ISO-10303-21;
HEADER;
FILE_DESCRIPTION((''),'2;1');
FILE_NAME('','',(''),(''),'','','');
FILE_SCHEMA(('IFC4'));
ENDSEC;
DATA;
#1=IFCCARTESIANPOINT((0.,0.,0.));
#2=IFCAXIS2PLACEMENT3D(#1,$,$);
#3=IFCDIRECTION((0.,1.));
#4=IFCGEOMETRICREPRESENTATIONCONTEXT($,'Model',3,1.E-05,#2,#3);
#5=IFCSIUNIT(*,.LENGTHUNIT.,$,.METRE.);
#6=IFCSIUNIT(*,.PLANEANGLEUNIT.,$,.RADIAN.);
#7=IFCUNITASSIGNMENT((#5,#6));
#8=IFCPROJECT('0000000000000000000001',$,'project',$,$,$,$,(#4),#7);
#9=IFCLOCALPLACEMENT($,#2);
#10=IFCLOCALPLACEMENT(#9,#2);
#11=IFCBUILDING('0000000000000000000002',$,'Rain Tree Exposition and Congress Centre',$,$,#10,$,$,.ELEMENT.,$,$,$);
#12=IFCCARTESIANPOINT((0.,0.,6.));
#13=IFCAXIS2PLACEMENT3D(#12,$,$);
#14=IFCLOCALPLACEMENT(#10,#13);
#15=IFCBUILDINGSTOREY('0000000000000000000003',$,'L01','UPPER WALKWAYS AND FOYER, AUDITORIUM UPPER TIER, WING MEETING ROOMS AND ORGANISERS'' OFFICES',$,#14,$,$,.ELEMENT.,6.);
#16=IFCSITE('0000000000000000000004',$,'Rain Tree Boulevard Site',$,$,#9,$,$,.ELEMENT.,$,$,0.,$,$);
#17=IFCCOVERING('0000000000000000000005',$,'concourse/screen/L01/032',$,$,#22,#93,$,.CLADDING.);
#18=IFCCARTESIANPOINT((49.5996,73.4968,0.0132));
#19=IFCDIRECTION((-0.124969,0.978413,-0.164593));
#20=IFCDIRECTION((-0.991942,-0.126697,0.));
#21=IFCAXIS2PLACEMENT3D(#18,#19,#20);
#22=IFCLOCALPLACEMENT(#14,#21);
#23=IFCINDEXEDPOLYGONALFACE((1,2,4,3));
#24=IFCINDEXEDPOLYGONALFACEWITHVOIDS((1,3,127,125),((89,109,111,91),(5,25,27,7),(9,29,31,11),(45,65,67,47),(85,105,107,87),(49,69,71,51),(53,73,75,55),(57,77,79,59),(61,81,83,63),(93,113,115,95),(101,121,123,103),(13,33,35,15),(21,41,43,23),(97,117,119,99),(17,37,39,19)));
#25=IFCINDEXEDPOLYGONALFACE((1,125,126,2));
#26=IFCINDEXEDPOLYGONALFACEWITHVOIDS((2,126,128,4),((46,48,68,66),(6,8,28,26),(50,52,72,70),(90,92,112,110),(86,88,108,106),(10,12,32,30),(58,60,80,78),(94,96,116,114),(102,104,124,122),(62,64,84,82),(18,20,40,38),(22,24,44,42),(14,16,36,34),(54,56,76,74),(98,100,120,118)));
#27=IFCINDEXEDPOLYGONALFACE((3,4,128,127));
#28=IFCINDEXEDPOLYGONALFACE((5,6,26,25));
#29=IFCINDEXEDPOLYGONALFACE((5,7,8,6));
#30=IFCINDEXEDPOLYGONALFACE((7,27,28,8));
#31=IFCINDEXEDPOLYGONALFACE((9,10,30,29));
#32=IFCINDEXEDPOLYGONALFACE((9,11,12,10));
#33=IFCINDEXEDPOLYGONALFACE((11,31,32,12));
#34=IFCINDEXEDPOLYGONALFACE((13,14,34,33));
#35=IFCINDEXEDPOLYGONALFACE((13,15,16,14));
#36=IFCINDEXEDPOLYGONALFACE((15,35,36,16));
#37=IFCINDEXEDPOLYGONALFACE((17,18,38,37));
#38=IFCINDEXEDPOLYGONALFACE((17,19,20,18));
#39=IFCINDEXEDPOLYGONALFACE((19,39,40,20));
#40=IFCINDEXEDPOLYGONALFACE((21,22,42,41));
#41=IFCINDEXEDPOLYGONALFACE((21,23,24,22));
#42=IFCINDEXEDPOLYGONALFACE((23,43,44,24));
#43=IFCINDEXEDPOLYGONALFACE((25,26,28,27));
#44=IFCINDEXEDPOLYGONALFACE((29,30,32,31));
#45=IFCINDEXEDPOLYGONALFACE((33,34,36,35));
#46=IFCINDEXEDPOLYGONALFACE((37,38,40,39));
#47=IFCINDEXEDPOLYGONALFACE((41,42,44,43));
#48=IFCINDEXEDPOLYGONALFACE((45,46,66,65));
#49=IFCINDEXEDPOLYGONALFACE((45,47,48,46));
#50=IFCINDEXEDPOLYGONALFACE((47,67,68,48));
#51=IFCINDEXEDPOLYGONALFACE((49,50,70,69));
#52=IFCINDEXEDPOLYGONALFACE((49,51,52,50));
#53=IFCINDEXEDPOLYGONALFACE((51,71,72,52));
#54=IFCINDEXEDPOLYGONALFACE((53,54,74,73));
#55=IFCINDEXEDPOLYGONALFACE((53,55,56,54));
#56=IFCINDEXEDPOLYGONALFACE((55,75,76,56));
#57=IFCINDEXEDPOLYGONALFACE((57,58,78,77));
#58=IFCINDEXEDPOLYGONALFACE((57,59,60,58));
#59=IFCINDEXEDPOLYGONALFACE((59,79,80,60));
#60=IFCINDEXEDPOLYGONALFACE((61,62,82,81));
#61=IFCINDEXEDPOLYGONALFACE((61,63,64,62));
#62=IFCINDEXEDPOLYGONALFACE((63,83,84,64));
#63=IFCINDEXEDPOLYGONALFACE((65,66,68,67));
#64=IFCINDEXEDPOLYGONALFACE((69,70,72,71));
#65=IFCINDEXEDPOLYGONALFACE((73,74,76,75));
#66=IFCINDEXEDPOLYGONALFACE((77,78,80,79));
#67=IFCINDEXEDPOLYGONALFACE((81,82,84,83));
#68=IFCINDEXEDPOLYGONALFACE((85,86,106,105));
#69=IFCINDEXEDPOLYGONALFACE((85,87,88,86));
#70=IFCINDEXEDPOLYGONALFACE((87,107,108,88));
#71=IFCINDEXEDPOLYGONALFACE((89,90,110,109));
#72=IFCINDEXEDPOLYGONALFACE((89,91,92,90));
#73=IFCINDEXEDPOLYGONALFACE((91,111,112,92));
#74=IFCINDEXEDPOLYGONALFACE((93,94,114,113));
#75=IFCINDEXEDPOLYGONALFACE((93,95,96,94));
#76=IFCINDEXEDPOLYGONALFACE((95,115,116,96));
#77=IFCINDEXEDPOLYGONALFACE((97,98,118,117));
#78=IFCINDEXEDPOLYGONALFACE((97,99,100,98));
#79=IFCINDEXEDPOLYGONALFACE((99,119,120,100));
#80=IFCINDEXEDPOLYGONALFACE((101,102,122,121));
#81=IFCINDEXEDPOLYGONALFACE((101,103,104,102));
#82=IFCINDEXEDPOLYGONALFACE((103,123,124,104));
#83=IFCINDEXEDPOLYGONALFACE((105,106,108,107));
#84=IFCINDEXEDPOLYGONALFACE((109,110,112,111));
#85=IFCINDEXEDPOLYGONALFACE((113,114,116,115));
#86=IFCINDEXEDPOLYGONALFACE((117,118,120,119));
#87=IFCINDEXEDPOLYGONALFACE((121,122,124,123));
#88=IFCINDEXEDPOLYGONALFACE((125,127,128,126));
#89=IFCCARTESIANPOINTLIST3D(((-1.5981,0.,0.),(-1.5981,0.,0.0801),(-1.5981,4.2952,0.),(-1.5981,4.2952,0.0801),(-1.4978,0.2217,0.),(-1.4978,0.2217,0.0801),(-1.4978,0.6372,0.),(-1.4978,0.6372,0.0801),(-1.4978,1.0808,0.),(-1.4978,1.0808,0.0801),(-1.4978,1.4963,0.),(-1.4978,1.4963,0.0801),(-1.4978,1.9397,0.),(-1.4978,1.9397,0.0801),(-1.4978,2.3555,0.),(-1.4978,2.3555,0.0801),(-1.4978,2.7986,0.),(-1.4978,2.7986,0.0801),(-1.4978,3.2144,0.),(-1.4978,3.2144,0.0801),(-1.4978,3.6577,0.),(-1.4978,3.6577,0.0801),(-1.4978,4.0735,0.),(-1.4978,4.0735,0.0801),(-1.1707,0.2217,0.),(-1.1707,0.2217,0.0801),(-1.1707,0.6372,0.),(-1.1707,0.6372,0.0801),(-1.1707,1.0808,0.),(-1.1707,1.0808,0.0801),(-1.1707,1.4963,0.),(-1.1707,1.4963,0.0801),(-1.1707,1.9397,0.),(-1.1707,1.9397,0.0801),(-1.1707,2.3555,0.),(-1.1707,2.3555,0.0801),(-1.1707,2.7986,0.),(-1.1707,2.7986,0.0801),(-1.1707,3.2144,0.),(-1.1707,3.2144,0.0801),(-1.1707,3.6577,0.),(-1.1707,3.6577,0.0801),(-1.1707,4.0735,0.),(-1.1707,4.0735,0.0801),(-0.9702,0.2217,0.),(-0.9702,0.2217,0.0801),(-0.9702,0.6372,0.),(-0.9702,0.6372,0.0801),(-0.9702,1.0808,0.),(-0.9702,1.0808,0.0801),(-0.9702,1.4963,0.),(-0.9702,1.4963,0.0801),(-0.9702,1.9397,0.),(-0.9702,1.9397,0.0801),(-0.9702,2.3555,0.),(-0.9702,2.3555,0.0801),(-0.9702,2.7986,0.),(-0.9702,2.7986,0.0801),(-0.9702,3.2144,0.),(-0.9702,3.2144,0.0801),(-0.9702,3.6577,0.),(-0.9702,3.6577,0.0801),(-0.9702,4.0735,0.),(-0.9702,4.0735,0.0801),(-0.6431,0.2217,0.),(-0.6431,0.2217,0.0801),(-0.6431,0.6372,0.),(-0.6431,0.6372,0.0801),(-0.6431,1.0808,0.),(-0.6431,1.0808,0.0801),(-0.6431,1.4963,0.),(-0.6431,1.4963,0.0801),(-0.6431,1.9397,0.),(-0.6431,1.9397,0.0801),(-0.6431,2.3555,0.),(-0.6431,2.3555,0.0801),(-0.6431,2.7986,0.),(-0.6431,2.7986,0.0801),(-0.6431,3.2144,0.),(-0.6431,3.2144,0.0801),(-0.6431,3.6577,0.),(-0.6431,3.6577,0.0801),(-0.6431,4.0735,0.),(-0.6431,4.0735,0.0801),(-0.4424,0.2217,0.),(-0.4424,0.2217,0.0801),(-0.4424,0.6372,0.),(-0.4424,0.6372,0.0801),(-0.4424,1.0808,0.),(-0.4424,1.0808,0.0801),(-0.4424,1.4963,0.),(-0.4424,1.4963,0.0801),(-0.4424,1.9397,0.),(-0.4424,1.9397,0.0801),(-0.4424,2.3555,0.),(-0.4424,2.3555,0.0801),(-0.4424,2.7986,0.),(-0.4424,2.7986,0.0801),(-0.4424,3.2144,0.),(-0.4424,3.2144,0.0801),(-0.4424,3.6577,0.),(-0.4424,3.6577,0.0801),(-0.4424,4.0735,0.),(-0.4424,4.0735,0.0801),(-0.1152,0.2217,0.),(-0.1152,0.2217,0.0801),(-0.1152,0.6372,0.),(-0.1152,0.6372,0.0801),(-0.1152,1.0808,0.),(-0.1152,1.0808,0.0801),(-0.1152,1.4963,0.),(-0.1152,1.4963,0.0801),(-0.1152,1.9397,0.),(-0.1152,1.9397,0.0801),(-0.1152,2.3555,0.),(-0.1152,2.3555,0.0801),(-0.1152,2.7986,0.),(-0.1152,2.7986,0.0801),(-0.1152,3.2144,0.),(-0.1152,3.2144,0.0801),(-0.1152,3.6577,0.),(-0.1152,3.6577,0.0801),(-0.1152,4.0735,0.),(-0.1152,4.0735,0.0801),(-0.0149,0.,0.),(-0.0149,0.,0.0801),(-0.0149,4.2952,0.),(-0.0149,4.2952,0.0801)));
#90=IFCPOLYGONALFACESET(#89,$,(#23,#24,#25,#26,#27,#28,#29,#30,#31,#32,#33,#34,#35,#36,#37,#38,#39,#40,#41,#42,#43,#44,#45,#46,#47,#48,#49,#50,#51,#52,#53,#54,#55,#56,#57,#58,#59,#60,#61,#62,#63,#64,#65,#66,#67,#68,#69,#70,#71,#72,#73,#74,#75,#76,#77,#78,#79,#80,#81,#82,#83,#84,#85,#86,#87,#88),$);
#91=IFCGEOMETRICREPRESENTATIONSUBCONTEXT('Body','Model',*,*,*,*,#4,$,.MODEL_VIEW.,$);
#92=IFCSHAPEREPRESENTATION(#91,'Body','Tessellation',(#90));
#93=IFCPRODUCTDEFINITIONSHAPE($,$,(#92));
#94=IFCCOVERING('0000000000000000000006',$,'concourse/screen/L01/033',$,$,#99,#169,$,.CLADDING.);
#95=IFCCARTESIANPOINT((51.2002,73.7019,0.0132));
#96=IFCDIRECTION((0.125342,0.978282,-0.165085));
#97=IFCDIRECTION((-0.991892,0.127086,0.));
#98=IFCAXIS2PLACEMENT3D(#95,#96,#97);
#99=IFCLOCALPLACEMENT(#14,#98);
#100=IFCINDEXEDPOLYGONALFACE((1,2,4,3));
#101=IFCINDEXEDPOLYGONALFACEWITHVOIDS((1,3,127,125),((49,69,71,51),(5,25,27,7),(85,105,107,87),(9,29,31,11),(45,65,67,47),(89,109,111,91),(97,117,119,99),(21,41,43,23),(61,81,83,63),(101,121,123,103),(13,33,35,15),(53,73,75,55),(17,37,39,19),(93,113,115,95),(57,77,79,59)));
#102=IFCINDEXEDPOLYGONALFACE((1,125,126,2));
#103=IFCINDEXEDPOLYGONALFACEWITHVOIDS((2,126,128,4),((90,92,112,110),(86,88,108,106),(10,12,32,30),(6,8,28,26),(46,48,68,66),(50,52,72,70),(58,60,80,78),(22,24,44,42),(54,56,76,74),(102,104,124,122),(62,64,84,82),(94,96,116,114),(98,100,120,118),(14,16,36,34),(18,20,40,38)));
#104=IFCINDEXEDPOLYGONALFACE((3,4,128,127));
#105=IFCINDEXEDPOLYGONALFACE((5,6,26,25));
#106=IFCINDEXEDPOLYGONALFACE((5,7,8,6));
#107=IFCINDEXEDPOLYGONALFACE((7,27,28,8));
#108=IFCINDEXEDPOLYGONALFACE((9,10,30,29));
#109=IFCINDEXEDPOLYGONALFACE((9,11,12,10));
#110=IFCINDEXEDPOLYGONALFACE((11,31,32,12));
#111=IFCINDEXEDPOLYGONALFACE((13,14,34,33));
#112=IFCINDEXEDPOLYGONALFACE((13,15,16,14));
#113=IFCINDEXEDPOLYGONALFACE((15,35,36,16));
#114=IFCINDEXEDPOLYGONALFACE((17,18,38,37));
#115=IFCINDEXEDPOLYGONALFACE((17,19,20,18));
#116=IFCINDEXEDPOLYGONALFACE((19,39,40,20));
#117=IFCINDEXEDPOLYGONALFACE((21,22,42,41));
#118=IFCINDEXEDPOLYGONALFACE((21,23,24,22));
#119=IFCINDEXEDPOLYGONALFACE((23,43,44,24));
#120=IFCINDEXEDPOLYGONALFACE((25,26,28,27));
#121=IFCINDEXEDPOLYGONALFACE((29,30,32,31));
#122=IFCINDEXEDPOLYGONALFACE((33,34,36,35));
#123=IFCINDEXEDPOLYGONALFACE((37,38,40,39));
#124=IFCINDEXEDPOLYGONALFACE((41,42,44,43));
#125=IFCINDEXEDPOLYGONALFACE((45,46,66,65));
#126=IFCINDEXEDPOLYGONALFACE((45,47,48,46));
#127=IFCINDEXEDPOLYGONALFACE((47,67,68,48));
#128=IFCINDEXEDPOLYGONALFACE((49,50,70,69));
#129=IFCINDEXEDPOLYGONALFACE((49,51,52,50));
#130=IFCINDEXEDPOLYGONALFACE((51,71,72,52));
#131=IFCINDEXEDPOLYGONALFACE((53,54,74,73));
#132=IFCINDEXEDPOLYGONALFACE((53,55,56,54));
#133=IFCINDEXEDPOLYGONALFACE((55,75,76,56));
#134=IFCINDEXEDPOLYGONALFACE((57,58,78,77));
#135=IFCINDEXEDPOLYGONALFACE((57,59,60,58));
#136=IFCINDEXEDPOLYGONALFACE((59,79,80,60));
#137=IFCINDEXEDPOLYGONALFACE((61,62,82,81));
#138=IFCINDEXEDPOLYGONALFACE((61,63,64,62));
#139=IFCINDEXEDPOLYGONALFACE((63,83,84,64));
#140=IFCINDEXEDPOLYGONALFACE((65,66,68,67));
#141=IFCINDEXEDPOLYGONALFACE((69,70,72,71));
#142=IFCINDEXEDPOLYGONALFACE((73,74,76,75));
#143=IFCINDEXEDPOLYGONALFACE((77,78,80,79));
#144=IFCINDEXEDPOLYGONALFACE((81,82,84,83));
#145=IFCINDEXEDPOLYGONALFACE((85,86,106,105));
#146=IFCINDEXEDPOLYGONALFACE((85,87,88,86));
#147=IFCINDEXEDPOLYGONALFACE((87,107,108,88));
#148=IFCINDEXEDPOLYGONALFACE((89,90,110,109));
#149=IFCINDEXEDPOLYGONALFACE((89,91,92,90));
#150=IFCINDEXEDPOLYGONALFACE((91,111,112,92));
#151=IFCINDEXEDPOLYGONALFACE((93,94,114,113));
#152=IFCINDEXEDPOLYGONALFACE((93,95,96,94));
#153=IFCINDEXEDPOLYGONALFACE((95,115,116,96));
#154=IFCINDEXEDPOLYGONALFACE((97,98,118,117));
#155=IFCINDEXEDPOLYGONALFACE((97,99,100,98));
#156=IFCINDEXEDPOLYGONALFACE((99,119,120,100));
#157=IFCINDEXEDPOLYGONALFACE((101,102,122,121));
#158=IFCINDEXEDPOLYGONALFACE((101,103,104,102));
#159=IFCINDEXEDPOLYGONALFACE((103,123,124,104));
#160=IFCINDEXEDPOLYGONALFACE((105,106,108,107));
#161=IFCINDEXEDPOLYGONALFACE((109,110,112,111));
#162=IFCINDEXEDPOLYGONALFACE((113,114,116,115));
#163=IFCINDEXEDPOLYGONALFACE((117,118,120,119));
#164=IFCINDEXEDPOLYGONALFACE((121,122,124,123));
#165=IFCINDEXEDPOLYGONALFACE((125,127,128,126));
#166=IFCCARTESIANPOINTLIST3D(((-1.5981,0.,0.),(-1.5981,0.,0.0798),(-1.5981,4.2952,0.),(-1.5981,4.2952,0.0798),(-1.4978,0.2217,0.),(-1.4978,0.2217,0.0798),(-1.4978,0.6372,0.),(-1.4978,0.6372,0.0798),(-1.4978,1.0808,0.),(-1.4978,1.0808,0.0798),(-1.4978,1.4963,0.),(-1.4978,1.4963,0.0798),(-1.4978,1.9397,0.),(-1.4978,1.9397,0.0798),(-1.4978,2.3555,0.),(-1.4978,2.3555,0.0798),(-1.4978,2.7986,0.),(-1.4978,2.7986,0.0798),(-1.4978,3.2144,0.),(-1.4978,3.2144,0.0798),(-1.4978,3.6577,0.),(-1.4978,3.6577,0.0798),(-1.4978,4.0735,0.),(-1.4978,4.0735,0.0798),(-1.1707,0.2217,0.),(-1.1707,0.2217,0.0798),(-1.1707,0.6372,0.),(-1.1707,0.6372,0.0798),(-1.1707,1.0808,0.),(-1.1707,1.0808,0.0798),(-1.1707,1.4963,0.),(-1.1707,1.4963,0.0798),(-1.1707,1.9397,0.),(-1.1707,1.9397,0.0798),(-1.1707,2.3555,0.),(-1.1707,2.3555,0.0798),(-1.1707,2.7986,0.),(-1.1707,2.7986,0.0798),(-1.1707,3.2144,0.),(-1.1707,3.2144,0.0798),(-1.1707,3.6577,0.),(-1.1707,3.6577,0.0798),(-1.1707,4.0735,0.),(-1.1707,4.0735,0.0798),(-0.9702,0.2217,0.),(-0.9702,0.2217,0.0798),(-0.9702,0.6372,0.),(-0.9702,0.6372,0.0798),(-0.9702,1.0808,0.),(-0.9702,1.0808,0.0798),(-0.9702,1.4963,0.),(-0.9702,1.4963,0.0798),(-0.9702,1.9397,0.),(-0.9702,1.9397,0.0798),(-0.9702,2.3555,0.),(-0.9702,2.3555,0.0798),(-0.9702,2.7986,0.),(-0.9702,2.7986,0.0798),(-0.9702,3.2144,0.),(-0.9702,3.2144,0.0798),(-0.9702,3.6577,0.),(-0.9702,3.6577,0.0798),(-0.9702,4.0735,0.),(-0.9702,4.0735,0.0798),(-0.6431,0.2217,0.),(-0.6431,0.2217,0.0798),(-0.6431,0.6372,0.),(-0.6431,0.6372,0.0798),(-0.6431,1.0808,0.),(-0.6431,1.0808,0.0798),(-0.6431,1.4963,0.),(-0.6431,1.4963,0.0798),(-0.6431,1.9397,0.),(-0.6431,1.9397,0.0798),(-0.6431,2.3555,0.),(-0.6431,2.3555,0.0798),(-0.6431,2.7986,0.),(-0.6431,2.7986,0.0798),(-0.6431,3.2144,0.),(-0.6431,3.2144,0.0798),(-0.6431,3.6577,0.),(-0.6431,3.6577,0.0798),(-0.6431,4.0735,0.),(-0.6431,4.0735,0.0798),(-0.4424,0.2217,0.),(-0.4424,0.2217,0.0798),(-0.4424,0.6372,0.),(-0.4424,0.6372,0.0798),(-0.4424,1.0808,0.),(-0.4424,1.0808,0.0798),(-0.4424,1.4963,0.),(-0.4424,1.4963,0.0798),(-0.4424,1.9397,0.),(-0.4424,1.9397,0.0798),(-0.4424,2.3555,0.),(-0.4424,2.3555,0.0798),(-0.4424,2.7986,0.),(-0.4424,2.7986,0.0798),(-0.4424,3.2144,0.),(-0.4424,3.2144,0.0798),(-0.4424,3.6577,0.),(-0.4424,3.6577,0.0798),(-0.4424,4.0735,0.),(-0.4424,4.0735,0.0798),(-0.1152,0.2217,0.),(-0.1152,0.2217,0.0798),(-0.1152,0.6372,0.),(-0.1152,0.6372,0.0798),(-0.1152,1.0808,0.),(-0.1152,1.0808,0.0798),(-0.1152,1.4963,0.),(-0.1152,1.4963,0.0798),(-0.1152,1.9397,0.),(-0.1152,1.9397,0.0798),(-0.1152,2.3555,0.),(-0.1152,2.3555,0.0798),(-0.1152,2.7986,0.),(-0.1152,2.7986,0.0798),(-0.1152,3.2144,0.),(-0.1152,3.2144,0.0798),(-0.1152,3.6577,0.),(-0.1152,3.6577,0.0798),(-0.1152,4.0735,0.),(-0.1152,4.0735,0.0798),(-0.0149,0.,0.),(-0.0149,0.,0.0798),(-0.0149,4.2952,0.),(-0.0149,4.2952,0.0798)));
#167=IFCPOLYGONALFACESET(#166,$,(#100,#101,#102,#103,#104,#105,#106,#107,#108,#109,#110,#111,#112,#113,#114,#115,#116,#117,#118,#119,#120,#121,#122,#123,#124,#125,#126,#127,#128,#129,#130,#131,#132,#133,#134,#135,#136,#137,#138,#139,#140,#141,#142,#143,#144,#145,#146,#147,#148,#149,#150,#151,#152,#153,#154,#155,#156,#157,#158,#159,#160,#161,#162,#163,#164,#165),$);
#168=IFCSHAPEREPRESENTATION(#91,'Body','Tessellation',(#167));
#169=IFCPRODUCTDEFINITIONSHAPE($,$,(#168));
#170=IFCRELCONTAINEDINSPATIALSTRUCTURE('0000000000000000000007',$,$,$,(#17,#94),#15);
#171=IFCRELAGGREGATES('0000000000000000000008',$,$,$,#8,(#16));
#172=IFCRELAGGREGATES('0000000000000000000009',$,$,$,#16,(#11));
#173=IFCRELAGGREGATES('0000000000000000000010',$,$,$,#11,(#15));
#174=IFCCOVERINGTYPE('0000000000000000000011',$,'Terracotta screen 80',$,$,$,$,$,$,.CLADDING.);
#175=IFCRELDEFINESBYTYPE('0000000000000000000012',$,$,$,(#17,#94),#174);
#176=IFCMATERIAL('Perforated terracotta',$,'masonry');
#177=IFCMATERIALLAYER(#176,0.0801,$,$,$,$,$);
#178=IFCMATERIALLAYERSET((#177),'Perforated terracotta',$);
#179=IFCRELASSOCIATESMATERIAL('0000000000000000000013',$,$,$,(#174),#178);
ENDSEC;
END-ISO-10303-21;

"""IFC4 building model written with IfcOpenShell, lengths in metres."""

from ifc_helpers import new_model, si_unit, direction, frame, origin, place, context, subcontext, project, spatial, polyline, outline, extrude, material, layer, layer_set, type_object, element, save


model = new_model("IFC4")

# Units and contexts
model_context = context("Model", 3, precision=1e-05, world=origin(), true_north=direction((0.0, 1.0)))
body_context = subcontext(model_context, "Body", "Model", "MODEL_VIEW")
ifc_project = project(units=[si_unit("LENGTHUNIT", "METRE"), si_unit("PLANEANGLEUNIT", "RADIAN")], contexts=[model_context])

# Site, building, storey
site_placement = place(None, origin())
site = spatial("IfcSite", under=ifc_project, at=site_placement, Name="Rain Tree Boulevard Site", CompositionType="ELEMENT", RefElevation=0.0)
building_placement = place(site_placement, origin())
building = spatial("IfcBuilding", under=site, at=building_placement, Name="Rain Tree Exposition and Congress Centre", CompositionType="ELEMENT")
storey_placement = place(building_placement, frame((0.0, 0.0, 6.0)))
storey = spatial("IfcBuildingStorey", under=building, at=storey_placement, Name="L01", Description="UPPER WALKWAYS AND FOYER, AUDITORIUM UPPER TIER, WING MEETING ROOMS AND ORGANISERS' OFFICES", CompositionType="ELEMENT", Elevation=6.0)

# Coverings
ifc_material_1 = material(Name="Perforated terracotta", Category="masonry")
ifc_layer = layer(ifc_material_1, 0.0801)
ifc_layer_set = layer_set([ifc_layer], Name="Perforated terracotta")
covering_type = type_object("IfcCoveringType", Name="Terracotta screen 80", PredefinedType="CLADDING", material=ifc_layer_set)
covering_1_placement = place(storey_placement, frame((49.5996, 73.4968, 0.0132), z_axis=(-0.124969, 0.978413, -0.164593), x_axis=(-0.991942, -0.126697, 0.0)))
element("IfcCovering", 1, at=covering_1_placement, inside=storey, type_object=covering_type, Name="concourse/screen/L01/032", PredefinedType="CLADDING", context=body_context, shape_type="SweptSolid", body=[
    extrude(outline(polyline([(-1.5981, 0.0), (-1.5981, 4.2952), (-0.0149, 4.2952), (-0.0149, 0.0), (-1.5981, 0.0)]), holes=[polyline([(-0.1152, 0.2217), (-0.1152, 0.6372), (-0.4424, 0.6372), (-0.4424, 0.2217), (-0.1152, 0.2217)]), polyline([(-0.1152, 1.0808), (-0.1152, 1.4963), (-0.4424, 1.4963), (-0.4424, 1.0808), (-0.1152, 1.0808)]), polyline([(-0.1152, 1.9397), (-0.1152, 2.3555), (-0.4424, 2.3555), (-0.4424, 1.9397), (-0.1152, 1.9397)]), polyline([(-0.1152, 2.7986), (-0.1152, 3.2144), (-0.4424, 3.2144), (-0.4424, 2.7986), (-0.1152, 2.7986)]), polyline([(-0.1152, 3.6577), (-0.1152, 4.0735), (-0.4424, 4.0735), (-0.4424, 3.6577), (-0.1152, 3.6577)]), polyline([(-0.6431, 0.2217), (-0.6431, 0.6372), (-0.9702, 0.6372), (-0.9702, 0.2217), (-0.6431, 0.2217)]), polyline([(-0.6431, 1.0808), (-0.6431, 1.4963), (-0.9702, 1.4963), (-0.9702, 1.0808), (-0.6431, 1.0808)]), polyline([(-0.6431, 1.9397), (-0.6431, 2.3555), (-0.9702, 2.3555), (-0.9702, 1.9397), (-0.6431, 1.9397)]), polyline([(-0.6431, 2.7986), (-0.6431, 3.2144), (-0.9702, 3.2144), (-0.9702, 2.7986), (-0.6431, 2.7986)]), polyline([(-0.6431, 3.6577), (-0.6431, 4.0735), (-0.9702, 4.0735), (-0.9702, 3.6577), (-0.6431, 3.6577)]), polyline([(-1.1707, 0.2217), (-1.1707, 0.6372), (-1.4978, 0.6372), (-1.4978, 0.2217), (-1.1707, 0.2217)]), polyline([(-1.1707, 1.0808), (-1.1707, 1.4963), (-1.4978, 1.4963), (-1.4978, 1.0808), (-1.1707, 1.0808)]), polyline([(-1.1707, 1.9397), (-1.1707, 2.3555), (-1.4978, 2.3555), (-1.4978, 1.9397), (-1.1707, 1.9397)]), polyline([(-1.1707, 2.7986), (-1.1707, 3.2144), (-1.4978, 3.2144), (-1.4978, 2.7986), (-1.1707, 2.7986)]), polyline([(-1.1707, 3.6577), (-1.1707, 4.0735), (-1.4978, 4.0735), (-1.4978, 3.6577), (-1.1707, 3.6577)])]), origin(), (0.0, 0.0, 1.0), 0.0801),
])
covering_2_placement = place(storey_placement, frame((51.2002, 73.7019, 0.0132), z_axis=(0.125342, 0.978282, -0.165085), x_axis=(-0.991892, 0.127086, 0.0)))
element("IfcCovering", 2, at=covering_2_placement, inside=storey, type_object=covering_type, Name="concourse/screen/L01/033", PredefinedType="CLADDING", context=body_context, shape_type="SweptSolid", body=[
    extrude(outline(polyline([(-1.5981, 0.0), (-1.5981, 4.2952), (-0.0149, 4.2952), (-0.0149, 0.0), (-1.5981, 0.0)]), holes=[polyline([(-0.1152, 0.2217), (-0.1152, 0.6372), (-0.4424, 0.6372), (-0.4424, 0.2217), (-0.1152, 0.2217)]), polyline([(-0.1152, 1.0808), (-0.1152, 1.4963), (-0.4424, 1.4963), (-0.4424, 1.0808), (-0.1152, 1.0808)]), polyline([(-0.1152, 1.9397), (-0.1152, 2.3555), (-0.4424, 2.3555), (-0.4424, 1.9397), (-0.1152, 1.9397)]), polyline([(-0.1152, 2.7986), (-0.1152, 3.2144), (-0.4424, 3.2144), (-0.4424, 2.7986), (-0.1152, 2.7986)]), polyline([(-0.1152, 3.6577), (-0.1152, 4.0735), (-0.4424, 4.0735), (-0.4424, 3.6577), (-0.1152, 3.6577)]), polyline([(-0.6431, 0.2217), (-0.6431, 0.6372), (-0.9702, 0.6372), (-0.9702, 0.2217), (-0.6431, 0.2217)]), polyline([(-0.6431, 1.0808), (-0.6431, 1.4963), (-0.9702, 1.4963), (-0.9702, 1.0808), (-0.6431, 1.0808)]), polyline([(-0.6431, 1.9397), (-0.6431, 2.3555), (-0.9702, 2.3555), (-0.9702, 1.9397), (-0.6431, 1.9397)]), polyline([(-0.6431, 2.7986), (-0.6431, 3.2144), (-0.9702, 3.2144), (-0.9702, 2.7986), (-0.6431, 2.7986)]), polyline([(-0.6431, 3.6577), (-0.6431, 4.0735), (-0.9702, 4.0735), (-0.9702, 3.6577), (-0.6431, 3.6577)]), polyline([(-1.1707, 0.2217), (-1.1707, 0.6372), (-1.4978, 0.6372), (-1.4978, 0.2217), (-1.1707, 0.2217)]), polyline([(-1.1707, 1.0808), (-1.1707, 1.4963), (-1.4978, 1.4963), (-1.4978, 1.0808), (-1.1707, 1.0808)]), polyline([(-1.1707, 1.9397), (-1.1707, 2.3555), (-1.4978, 2.3555), (-1.4978, 1.9397), (-1.1707, 1.9397)]), polyline([(-1.1707, 2.7986), (-1.1707, 3.2144), (-1.4978, 3.2144), (-1.4978, 2.7986), (-1.1707, 2.7986)]), polyline([(-1.1707, 3.6577), (-1.1707, 4.0735), (-1.4978, 4.0735), (-1.4978, 3.6577), (-1.1707, 3.6577)])]), origin(), (0.0, 0.0, 1.0), 0.0798),
])

save(model, "model.ifc")
